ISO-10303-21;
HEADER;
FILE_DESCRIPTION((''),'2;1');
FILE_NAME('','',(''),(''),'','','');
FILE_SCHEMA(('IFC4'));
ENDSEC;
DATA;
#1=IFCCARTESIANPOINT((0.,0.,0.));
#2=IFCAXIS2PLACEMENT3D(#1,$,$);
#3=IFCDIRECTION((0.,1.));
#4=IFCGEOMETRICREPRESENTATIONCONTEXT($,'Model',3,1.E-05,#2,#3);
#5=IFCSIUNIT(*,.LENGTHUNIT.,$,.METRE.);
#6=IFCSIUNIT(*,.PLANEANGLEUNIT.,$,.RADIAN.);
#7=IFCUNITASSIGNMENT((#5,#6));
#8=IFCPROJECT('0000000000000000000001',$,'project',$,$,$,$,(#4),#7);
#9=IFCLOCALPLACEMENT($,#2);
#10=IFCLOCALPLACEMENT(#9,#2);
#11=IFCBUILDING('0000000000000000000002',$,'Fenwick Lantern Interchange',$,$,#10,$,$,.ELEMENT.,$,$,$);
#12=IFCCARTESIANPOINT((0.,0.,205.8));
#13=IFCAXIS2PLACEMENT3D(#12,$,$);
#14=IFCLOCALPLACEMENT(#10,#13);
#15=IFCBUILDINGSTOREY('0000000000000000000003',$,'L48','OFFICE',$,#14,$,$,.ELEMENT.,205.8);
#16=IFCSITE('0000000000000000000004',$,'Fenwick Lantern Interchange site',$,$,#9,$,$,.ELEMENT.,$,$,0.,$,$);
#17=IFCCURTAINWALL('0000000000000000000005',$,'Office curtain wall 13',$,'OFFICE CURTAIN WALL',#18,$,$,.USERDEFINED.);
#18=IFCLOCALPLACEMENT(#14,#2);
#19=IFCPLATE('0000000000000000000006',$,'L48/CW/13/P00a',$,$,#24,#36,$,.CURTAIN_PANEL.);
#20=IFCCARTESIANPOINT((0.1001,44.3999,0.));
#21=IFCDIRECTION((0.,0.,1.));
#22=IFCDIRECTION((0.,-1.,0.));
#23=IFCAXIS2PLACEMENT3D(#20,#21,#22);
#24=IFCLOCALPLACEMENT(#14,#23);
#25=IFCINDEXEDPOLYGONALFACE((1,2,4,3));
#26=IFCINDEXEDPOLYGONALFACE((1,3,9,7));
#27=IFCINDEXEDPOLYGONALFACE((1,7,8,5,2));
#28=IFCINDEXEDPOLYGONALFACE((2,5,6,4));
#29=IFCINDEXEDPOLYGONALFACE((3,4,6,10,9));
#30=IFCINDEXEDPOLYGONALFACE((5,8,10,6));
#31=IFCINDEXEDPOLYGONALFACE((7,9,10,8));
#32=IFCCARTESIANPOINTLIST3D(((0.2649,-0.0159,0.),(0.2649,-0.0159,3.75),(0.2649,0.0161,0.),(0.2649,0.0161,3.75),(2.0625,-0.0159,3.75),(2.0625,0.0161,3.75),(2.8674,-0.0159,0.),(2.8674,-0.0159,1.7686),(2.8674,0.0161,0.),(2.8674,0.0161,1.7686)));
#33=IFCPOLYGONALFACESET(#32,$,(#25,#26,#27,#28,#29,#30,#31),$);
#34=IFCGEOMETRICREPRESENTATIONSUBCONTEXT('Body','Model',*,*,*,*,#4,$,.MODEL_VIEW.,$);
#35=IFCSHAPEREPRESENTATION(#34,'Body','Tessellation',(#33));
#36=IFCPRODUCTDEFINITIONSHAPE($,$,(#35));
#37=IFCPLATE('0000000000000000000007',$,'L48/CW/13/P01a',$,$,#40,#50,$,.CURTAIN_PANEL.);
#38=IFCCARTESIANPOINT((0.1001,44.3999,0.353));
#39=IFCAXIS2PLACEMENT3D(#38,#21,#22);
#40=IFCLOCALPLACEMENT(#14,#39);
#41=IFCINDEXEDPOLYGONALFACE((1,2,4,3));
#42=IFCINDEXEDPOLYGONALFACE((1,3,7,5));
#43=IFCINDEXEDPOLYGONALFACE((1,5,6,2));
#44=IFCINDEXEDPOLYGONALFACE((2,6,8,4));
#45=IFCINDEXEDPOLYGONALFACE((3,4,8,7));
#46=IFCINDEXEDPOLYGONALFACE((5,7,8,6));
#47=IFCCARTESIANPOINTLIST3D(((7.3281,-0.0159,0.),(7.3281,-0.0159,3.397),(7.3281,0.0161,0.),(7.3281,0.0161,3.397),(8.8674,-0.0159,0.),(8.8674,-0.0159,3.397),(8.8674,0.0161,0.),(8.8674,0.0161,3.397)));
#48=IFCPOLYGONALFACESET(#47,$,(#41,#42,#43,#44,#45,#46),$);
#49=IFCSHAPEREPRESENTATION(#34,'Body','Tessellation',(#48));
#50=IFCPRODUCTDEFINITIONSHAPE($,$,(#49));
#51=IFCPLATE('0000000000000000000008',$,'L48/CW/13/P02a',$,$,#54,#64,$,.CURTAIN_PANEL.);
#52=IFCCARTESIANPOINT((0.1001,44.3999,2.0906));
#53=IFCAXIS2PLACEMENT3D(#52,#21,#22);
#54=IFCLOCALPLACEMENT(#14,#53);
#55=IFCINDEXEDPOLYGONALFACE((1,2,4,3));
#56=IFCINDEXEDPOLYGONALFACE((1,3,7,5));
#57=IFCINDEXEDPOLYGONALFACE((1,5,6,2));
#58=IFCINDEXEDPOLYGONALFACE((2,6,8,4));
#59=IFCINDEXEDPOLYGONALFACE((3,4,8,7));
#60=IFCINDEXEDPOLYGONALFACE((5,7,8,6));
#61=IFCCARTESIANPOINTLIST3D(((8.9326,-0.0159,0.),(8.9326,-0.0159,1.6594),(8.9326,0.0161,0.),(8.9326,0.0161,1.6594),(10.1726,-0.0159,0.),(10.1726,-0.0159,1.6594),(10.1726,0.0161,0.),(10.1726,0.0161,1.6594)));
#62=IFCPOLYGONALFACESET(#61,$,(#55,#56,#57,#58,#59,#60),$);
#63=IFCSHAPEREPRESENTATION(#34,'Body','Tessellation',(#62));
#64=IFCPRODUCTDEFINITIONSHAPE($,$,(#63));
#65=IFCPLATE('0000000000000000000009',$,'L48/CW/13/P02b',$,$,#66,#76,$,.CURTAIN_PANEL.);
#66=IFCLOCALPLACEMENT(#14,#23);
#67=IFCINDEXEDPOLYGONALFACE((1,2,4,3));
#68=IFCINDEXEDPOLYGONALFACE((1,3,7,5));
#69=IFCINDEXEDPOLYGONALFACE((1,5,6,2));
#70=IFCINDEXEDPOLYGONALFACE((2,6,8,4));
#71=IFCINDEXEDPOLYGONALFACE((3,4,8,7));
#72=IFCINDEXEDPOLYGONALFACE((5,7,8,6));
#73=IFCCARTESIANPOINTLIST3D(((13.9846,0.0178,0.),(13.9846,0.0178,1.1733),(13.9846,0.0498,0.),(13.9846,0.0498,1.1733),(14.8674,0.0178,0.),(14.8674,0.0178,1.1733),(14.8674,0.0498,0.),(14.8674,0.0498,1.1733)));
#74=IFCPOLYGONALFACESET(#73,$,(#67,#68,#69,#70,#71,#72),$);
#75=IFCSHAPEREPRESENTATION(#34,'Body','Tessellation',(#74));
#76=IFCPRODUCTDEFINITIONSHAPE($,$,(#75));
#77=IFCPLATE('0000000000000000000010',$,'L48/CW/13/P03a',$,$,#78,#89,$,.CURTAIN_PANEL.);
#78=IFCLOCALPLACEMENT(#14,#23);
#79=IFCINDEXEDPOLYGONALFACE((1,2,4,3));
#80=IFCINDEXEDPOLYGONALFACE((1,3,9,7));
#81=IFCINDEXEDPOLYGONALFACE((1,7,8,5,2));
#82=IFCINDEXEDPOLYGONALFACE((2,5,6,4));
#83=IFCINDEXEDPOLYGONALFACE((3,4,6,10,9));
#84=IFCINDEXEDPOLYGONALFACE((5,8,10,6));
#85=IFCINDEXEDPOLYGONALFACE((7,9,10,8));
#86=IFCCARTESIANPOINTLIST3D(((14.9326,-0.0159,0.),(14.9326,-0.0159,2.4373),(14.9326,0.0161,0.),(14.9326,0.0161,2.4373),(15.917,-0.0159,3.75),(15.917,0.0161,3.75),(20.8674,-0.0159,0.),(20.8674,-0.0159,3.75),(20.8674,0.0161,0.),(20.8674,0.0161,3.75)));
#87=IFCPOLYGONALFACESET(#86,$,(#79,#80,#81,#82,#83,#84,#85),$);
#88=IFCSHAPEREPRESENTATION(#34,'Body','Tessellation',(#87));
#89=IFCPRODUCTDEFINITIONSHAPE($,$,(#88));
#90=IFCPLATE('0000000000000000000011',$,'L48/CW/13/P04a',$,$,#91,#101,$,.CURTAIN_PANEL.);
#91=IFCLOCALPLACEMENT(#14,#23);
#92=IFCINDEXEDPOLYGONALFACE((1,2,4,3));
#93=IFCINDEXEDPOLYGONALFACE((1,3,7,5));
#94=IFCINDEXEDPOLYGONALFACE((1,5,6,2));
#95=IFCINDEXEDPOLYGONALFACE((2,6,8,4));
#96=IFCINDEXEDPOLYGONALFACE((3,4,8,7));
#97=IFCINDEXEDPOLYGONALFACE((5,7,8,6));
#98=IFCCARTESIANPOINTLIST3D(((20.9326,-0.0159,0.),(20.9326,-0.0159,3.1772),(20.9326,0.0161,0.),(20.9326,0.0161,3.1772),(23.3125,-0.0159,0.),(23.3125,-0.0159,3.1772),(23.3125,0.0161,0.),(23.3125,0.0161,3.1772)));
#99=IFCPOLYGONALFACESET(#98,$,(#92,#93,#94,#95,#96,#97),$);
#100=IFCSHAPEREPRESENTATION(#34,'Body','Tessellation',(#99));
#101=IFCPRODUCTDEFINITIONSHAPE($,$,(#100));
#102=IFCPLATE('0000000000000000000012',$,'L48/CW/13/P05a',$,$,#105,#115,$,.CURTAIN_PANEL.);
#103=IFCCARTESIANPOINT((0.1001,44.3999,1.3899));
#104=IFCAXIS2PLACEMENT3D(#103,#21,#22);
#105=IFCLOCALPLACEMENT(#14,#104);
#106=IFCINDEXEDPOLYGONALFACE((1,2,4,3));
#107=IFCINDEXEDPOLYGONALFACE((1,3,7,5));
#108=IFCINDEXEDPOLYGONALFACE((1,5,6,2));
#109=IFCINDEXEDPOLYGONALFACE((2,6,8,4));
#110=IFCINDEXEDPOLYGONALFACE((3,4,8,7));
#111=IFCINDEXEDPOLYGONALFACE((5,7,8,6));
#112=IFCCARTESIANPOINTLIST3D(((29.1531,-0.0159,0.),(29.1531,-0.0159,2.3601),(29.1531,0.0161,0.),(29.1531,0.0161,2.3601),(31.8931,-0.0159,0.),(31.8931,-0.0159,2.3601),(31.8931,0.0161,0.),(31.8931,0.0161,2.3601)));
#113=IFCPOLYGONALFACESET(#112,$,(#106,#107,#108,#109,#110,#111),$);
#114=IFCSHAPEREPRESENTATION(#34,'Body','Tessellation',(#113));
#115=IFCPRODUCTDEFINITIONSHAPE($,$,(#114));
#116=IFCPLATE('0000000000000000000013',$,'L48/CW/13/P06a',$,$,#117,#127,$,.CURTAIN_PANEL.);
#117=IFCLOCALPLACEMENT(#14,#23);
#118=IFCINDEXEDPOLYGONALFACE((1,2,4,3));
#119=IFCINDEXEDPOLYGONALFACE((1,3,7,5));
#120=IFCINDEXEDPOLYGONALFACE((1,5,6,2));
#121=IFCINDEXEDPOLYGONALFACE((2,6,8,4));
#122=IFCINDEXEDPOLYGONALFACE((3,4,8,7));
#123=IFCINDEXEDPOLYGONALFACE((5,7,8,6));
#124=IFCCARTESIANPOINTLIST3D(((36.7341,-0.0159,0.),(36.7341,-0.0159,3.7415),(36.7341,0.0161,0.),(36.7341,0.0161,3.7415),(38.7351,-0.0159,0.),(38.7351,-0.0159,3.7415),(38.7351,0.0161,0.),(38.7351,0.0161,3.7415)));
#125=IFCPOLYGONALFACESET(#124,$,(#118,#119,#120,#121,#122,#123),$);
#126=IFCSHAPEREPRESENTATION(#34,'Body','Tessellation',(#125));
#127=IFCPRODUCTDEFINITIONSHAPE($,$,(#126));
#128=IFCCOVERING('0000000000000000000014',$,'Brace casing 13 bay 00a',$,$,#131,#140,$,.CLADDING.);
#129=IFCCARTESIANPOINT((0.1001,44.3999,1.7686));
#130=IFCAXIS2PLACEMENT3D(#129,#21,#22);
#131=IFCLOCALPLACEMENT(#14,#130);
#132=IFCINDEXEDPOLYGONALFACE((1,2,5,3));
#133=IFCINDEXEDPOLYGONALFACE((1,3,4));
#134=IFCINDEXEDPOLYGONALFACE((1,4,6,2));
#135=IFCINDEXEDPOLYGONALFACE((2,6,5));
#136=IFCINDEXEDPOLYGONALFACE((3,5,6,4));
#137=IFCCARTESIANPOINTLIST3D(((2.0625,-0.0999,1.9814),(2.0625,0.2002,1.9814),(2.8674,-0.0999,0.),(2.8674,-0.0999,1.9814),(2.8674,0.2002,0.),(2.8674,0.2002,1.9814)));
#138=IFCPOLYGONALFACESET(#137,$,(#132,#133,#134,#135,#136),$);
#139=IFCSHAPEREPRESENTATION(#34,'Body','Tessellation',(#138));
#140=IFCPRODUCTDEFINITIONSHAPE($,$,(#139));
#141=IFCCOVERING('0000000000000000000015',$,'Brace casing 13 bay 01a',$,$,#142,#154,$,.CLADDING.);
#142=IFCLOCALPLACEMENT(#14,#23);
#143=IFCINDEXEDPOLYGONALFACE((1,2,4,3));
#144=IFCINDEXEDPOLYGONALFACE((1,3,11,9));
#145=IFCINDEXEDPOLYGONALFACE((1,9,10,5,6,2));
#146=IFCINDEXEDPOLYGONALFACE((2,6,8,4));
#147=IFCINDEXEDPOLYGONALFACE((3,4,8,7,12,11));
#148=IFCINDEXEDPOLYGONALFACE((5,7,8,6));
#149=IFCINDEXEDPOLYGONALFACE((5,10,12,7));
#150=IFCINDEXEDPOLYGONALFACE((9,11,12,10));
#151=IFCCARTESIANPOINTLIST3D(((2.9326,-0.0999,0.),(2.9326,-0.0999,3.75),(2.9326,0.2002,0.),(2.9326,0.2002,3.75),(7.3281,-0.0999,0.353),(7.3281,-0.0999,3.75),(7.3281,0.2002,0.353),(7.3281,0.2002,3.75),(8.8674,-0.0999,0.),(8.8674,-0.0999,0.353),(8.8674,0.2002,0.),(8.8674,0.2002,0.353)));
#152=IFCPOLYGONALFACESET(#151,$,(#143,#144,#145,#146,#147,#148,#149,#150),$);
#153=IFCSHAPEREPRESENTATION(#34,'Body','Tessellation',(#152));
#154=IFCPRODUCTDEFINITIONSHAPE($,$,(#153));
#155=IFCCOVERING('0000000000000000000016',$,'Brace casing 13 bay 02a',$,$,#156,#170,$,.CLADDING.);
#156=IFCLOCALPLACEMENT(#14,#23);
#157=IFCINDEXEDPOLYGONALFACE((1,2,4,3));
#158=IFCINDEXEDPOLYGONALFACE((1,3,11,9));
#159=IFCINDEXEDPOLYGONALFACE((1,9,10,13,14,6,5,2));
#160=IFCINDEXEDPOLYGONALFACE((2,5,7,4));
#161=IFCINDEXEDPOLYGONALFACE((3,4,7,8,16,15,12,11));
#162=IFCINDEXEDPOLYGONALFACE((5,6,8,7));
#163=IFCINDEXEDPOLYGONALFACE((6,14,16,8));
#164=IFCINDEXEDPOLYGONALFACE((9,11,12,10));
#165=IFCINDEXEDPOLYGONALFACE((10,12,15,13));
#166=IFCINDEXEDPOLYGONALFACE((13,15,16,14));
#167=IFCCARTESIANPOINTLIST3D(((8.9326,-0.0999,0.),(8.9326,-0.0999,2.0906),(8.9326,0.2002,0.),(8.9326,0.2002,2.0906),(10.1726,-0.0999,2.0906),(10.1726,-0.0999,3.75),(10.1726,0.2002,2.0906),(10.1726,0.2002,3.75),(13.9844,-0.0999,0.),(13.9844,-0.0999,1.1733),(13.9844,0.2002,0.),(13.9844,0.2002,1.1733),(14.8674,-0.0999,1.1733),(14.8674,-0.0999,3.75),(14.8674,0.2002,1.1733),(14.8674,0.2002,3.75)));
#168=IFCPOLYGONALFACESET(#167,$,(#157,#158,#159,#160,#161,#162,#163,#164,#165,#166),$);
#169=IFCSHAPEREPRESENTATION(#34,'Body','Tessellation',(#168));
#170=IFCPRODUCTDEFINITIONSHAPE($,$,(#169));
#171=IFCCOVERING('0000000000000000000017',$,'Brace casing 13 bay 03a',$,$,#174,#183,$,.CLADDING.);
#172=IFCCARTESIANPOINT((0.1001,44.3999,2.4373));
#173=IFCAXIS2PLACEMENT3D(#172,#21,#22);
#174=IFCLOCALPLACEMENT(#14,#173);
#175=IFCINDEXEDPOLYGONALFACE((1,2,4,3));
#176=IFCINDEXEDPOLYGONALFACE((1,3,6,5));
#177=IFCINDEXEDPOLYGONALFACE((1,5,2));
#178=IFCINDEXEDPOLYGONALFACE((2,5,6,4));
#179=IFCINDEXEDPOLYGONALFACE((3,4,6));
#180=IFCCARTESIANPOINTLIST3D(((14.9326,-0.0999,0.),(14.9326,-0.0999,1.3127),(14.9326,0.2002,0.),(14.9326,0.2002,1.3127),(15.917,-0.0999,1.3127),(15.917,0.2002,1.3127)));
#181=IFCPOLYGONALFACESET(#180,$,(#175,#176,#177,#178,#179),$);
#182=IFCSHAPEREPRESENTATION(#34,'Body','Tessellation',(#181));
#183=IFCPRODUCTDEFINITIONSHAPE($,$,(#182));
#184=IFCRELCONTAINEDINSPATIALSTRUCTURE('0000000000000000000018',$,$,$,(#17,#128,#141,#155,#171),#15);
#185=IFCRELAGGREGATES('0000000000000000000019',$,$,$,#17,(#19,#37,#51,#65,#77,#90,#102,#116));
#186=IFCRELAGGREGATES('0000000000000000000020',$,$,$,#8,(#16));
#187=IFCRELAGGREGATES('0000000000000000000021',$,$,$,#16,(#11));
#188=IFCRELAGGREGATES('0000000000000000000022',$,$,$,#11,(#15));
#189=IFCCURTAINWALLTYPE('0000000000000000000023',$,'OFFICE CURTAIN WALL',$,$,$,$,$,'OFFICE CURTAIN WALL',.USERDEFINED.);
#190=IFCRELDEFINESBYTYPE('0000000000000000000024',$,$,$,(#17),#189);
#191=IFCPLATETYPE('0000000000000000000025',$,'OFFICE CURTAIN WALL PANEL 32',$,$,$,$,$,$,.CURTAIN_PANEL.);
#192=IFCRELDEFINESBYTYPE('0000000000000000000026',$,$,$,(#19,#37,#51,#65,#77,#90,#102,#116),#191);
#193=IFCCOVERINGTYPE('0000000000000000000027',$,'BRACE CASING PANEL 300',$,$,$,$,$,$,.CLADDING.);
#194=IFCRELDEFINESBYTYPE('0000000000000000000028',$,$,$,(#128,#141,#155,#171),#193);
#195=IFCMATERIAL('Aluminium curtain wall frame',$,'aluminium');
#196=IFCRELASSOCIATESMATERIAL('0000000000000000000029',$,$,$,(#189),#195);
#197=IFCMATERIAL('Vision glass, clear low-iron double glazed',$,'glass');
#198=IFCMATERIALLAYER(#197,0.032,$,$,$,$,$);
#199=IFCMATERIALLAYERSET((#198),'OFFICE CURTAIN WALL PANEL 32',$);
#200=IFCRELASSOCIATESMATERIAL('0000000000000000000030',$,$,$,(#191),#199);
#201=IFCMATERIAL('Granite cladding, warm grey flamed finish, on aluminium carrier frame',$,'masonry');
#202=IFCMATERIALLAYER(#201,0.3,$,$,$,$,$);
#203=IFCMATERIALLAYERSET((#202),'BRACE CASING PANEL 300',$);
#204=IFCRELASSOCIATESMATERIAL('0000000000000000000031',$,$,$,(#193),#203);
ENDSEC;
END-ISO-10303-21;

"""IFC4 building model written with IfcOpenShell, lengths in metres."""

from ifc_helpers import new_model, si_unit, direction, frame, origin, place, context, subcontext, project, spatial, polyline, outline, extrude, material, layer, layer_set, type_object, element, aggregate, save


model = new_model("IFC4")

# Units and contexts
model_context = context("Model", 3, precision=1e-05, world=origin(), true_north=direction((0.0, 1.0)))
body_context = subcontext(model_context, "Body", "Model", "MODEL_VIEW")
ifc_project = project(units=[si_unit("LENGTHUNIT", "METRE"), si_unit("PLANEANGLEUNIT", "RADIAN")], contexts=[model_context])

# Site, building, storey
site_placement = place(None, origin())
site = spatial("IfcSite", under=ifc_project, at=site_placement, Name="Fenwick Lantern Interchange site", CompositionType="ELEMENT", RefElevation=0.0)
building_placement = place(site_placement, origin())
building = spatial("IfcBuilding", under=site, at=building_placement, Name="Fenwick Lantern Interchange", CompositionType="ELEMENT")
storey_placement = place(building_placement, frame((0.0, 0.0, 205.8)))
storey = spatial("IfcBuildingStorey", under=building, at=storey_placement, Name="L48", Description="OFFICE", CompositionType="ELEMENT", Elevation=205.8)

# Shared definitions
ifc_material_1 = material(Name="Aluminium curtain wall frame", Category="aluminium")
curtain_wall_type = type_object("IfcCurtainWallType", Name="OFFICE CURTAIN WALL", ElementType="OFFICE CURTAIN WALL", PredefinedType="USERDEFINED", material=ifc_material_1)

# Curtain wall
curtain_wall_1_placement = place(storey_placement, origin())
curtain_wall_1 = element("IfcCurtainWall", 1, at=curtain_wall_1_placement, inside=storey, type_object=curtain_wall_type, Name="Office curtain wall 13", ObjectType="OFFICE CURTAIN WALL", PredefinedType="USERDEFINED")

# Plates
ifc_material_2 = material(Name="Vision glass, clear low-iron double glazed", Category="glass")
ifc_layer_1 = layer(ifc_material_2, 0.032)
ifc_layer_set_1 = layer_set([ifc_layer_1], Name="OFFICE CURTAIN WALL PANEL 32")
plate_type = type_object("IfcPlateType", Name="OFFICE CURTAIN WALL PANEL 32", PredefinedType="CURTAIN_PANEL", material=ifc_layer_set_1)
plate_1_placement = place(storey_placement, frame((0.1001, 44.3999, 0.0), z_axis=(0.0, 0.0, 1.0), x_axis=(0.0, -1.0, 0.0)))
plate_1 = element("IfcPlate", 2, at=plate_1_placement, type_object=plate_type, Name="L48/CW/13/P00a", PredefinedType="CURTAIN_PANEL", context=body_context, shape_type="SweptSolid", body=[
    extrude(outline(polyline([(0.2649, 0.0), (2.8674, 0.0), (2.8674, 1.7686), (2.0625, 3.75), (0.2649, 3.75), (0.2649, 0.0)])), frame((0.0, 0.0161, 0.0), z_axis=(0.0, -1.0, 0.0), x_axis=(1.0, 0.0, 0.0)), (0.0, 0.0, 1.0), 0.032),
])
plate_2_placement = place(storey_placement, frame((0.1001, 44.3999, 0.353), z_axis=(0.0, 0.0, 1.0), x_axis=(0.0, -1.0, 0.0)))
plate_2 = element("IfcPlate", 3, at=plate_2_placement, type_object=plate_type, Name="L48/CW/13/P01a", PredefinedType="CURTAIN_PANEL", context=body_context, shape_type="SweptSolid", body=[
    extrude(outline(polyline([(7.3281, 0.0), (8.8674, 0.0), (8.8674, 3.397), (7.3281, 3.397), (7.3281, 0.0)])), frame((0.0, 0.0161, 0.0), z_axis=(0.0, -1.0, 0.0), x_axis=(1.0, 0.0, 0.0)), (0.0, 0.0, 1.0), 0.032),
])
plate_3_placement = place(storey_placement, frame((0.1001, 44.3999, 2.0906), z_axis=(0.0, 0.0, 1.0), x_axis=(0.0, -1.0, 0.0)))
plate_3 = element("IfcPlate", 4, at=plate_3_placement, type_object=plate_type, Name="L48/CW/13/P02a", PredefinedType="CURTAIN_PANEL", context=body_context, shape_type="SweptSolid", body=[
    extrude(outline(polyline([(8.9326, 0.0), (10.1726, 0.0), (10.1726, 1.6594), (8.9326, 1.6594), (8.9326, 0.0)])), frame((0.0, 0.0161, 0.0), z_axis=(0.0, -1.0, 0.0), x_axis=(1.0, 0.0, 0.0)), (0.0, 0.0, 1.0), 0.032),
])
plate_4_placement = place(storey_placement, frame((0.1001, 44.3999, 0.0), z_axis=(0.0, 0.0, 1.0), x_axis=(0.0, -1.0, 0.0)))
plate_4 = element("IfcPlate", 5, at=plate_4_placement, type_object=plate_type, Name="L48/CW/13/P02b", PredefinedType="CURTAIN_PANEL", context=body_context, shape_type="SweptSolid", body=[
    extrude(outline(polyline([(13.9846, 0.0), (14.8674, 0.0), (14.8674, 1.1733), (13.9846, 1.1733), (13.9846, 0.0)])), frame((0.0, 0.0498, 0.0), z_axis=(0.0, -1.0, 0.0), x_axis=(1.0, 0.0, 0.0)), (0.0, 0.0, 1.0), 0.032),
])
plate_5_placement = place(storey_placement, frame((0.1001, 44.3999, 0.0), z_axis=(0.0, 0.0, 1.0), x_axis=(0.0, -1.0, 0.0)))
plate_5 = element("IfcPlate", 6, at=plate_5_placement, type_object=plate_type, Name="L48/CW/13/P03a", PredefinedType="CURTAIN_PANEL", context=body_context, shape_type="SweptSolid", body=[
    extrude(outline(polyline([(14.9326, 0.0), (20.8674, 0.0), (20.8674, 3.75), (15.917, 3.75), (14.9326, 2.4373), (14.9326, 0.0)])), frame((0.0, 0.0161, 0.0), z_axis=(0.0, -1.0, 0.0), x_axis=(1.0, 0.0, 0.0)), (0.0, 0.0, 1.0), 0.032),
])
plate_6_placement = place(storey_placement, frame((0.1001, 44.3999, 0.0), z_axis=(0.0, 0.0, 1.0), x_axis=(0.0, -1.0, 0.0)))
plate_6 = element("IfcPlate", 7, at=plate_6_placement, type_object=plate_type, Name="L48/CW/13/P04a", PredefinedType="CURTAIN_PANEL", context=body_context, shape_type="SweptSolid", body=[
    extrude(outline(polyline([(20.9326, 0.0), (23.3125, 0.0), (23.3125, 3.1772), (20.9326, 3.1772), (20.9326, 0.0)])), frame((0.0, 0.0161, 0.0), z_axis=(0.0, -1.0, 0.0), x_axis=(1.0, 0.0, 0.0)), (0.0, 0.0, 1.0), 0.032),
])
plate_7_placement = place(storey_placement, frame((0.1001, 44.3999, 1.3899), z_axis=(0.0, 0.0, 1.0), x_axis=(0.0, -1.0, 0.0)))
plate_7 = element("IfcPlate", 8, at=plate_7_placement, type_object=plate_type, Name="L48/CW/13/P05a", PredefinedType="CURTAIN_PANEL", context=body_context, shape_type="SweptSolid", body=[
    extrude(outline(polyline([(29.1531, 0.0), (31.8931, 0.0), (31.8931, 2.3601), (29.1531, 2.3601), (29.1531, 0.0)])), frame((0.0, 0.0161, 0.0), z_axis=(0.0, -1.0, 0.0), x_axis=(1.0, 0.0, 0.0)), (0.0, 0.0, 1.0), 0.032),
])
plate_8_placement = place(storey_placement, frame((0.1001, 44.3999, 0.0), z_axis=(0.0, 0.0, 1.0), x_axis=(0.0, -1.0, 0.0)))
plate_8 = element("IfcPlate", 9, at=plate_8_placement, type_object=plate_type, Name="L48/CW/13/P06a", PredefinedType="CURTAIN_PANEL", context=body_context, shape_type="SweptSolid", body=[
    extrude(outline(polyline([(36.7341, 0.0), (38.7351, 0.0), (38.7351, 3.7415), (36.7341, 3.7415), (36.7341, 0.0)])), frame((0.0, 0.0161, 0.0), z_axis=(0.0, -1.0, 0.0), x_axis=(1.0, 0.0, 0.0)), (0.0, 0.0, 1.0), 0.032),
])
aggregate(curtain_wall_1, [plate_1, plate_2, plate_3, plate_4, plate_5, plate_6, plate_7, plate_8])

# Coverings
ifc_material_3 = material(Name="Granite cladding, warm grey flamed finish, on aluminium carrier frame", Category="masonry")
ifc_layer_2 = layer(ifc_material_3, 0.3)
ifc_layer_set_2 = layer_set([ifc_layer_2], Name="BRACE CASING PANEL 300")
covering_type = type_object("IfcCoveringType", Name="BRACE CASING PANEL 300", PredefinedType="CLADDING", material=ifc_layer_set_2)
covering_1_placement = place(storey_placement, frame((0.1001, 44.3999, 1.7686), z_axis=(0.0, 0.0, 1.0), x_axis=(0.0, -1.0, 0.0)))
element("IfcCovering", 10, at=covering_1_placement, inside=storey, type_object=covering_type, Name="Brace casing 13 bay 00a", PredefinedType="CLADDING", context=body_context, shape_type="SweptSolid", body=[
    extrude(outline(polyline([(2.8674, 0.0), (2.8674, 1.9814), (2.0625, 1.9814), (2.8674, 0.0)])), frame((0.0, 0.2002, 0.0), z_axis=(0.0, -1.0, 0.0), x_axis=(1.0, 0.0, 0.0)), (0.0, 0.0, 1.0), 0.3),
])
covering_2_placement = place(storey_placement, frame((0.1001, 44.3999, 0.0), z_axis=(0.0, 0.0, 1.0), x_axis=(0.0, -1.0, 0.0)))
element("IfcCovering", 11, at=covering_2_placement, inside=storey, type_object=covering_type, Name="Brace casing 13 bay 01a", PredefinedType="CLADDING", context=body_context, shape_type="SweptSolid", body=[
    extrude(outline(polyline([(2.9326, 0.0), (8.8674, 0.0), (8.8674, 0.353), (7.3281, 0.353), (7.3281, 3.75), (2.9326, 3.75), (2.9326, 0.0)])), frame((0.0, 0.2002, 0.0), z_axis=(0.0, -1.0, 0.0), x_axis=(1.0, 0.0, 0.0)), (0.0, 0.0, 1.0), 0.3),
])
covering_3_placement = place(storey_placement, frame((0.1001, 44.3999, 0.0), z_axis=(0.0, 0.0, 1.0), x_axis=(0.0, -1.0, 0.0)))
element("IfcCovering", 12, at=covering_3_placement, inside=storey, type_object=covering_type, Name="Brace casing 13 bay 02a", PredefinedType="CLADDING", context=body_context, shape_type="SweptSolid", body=[
    extrude(outline(polyline([(8.9326, 0.0), (13.9844, 0.0), (13.9844, 1.1733), (14.8674, 1.1733), (14.8674, 3.75), (10.1726, 3.75), (10.1726, 2.0906), (8.9326, 2.0906), (8.9326, 0.0)])), frame((0.0, 0.2002, 0.0), z_axis=(0.0, -1.0, 0.0), x_axis=(1.0, 0.0, 0.0)), (0.0, 0.0, 1.0), 0.3),
])
covering_4_placement = place(storey_placement, frame((0.1001, 44.3999, 2.4373), z_axis=(0.0, 0.0, 1.0), x_axis=(0.0, -1.0, 0.0)))
element("IfcCovering", 13, at=covering_4_placement, inside=storey, type_object=covering_type, Name="Brace casing 13 bay 03a", PredefinedType="CLADDING", context=body_context, shape_type="SweptSolid", body=[
    extrude(outline(polyline([(14.9326, 0.0), (15.917, 1.3127), (14.9326, 1.3127), (14.9326, 0.0)])), frame((0.0, 0.2002, 0.0), z_axis=(0.0, -1.0, 0.0), x_axis=(1.0, 0.0, 0.0)), (0.0, 0.0, 1.0), 0.3),
])

save(model, "model.ifc")
